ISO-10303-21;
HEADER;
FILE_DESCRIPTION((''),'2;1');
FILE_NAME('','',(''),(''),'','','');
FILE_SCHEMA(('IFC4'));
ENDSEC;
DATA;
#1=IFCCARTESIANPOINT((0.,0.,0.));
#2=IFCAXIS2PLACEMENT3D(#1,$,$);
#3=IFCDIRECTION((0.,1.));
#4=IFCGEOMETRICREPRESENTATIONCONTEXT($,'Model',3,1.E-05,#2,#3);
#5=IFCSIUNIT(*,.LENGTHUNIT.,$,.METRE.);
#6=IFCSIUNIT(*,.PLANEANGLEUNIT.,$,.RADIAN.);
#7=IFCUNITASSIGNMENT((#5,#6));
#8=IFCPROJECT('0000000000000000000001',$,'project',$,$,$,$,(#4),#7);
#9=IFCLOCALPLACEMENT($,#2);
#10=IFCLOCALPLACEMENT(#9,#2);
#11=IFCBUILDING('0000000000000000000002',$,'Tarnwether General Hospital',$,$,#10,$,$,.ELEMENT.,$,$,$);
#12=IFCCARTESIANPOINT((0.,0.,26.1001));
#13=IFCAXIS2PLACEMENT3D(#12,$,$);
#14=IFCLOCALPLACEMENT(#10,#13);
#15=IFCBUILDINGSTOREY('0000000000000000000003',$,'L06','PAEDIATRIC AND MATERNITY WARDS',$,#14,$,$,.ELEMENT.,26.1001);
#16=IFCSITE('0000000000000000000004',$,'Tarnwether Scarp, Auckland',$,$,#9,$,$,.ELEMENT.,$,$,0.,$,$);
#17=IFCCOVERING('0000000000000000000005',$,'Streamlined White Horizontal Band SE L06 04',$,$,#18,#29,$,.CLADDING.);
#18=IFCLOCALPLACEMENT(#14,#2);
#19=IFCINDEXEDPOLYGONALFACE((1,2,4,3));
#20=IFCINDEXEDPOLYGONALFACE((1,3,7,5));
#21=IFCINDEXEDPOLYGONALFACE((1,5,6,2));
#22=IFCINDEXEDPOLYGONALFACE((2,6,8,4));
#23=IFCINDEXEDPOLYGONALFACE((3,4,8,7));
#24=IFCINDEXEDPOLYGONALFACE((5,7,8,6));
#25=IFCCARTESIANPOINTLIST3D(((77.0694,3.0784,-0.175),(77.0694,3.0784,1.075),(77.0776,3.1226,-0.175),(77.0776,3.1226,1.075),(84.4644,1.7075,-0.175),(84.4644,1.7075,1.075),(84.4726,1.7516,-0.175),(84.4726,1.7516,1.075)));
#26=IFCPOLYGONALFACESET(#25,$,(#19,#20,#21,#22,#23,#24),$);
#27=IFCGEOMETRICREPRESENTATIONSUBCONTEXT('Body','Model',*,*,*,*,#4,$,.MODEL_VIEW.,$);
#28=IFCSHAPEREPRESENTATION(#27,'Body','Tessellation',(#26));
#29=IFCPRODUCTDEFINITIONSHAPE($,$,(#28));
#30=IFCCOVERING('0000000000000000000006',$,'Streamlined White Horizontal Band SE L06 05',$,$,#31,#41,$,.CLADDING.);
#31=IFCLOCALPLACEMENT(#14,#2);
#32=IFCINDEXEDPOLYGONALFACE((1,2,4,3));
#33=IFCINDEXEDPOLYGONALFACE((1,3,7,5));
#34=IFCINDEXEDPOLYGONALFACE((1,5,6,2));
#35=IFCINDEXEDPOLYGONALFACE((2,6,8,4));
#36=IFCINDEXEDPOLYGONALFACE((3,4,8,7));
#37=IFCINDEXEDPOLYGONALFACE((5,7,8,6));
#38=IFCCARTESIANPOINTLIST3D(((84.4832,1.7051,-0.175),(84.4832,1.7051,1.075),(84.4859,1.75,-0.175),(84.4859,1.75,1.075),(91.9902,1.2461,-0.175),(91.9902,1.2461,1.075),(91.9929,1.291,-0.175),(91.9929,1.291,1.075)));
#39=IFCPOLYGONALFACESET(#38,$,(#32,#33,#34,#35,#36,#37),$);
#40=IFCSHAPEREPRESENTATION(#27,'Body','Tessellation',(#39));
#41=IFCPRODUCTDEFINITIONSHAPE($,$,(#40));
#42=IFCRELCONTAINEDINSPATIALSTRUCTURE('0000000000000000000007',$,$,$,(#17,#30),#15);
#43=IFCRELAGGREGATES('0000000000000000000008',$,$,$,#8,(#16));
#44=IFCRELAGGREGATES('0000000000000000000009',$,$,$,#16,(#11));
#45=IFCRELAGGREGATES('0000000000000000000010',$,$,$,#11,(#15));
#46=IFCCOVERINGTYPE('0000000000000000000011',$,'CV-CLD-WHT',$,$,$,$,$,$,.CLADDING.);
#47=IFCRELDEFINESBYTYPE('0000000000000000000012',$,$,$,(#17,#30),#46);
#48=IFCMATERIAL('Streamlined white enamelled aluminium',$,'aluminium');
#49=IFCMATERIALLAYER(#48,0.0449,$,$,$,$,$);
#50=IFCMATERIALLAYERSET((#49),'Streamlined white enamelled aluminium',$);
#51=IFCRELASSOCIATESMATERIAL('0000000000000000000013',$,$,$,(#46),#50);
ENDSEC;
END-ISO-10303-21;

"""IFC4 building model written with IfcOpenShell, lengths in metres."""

from ifc_helpers import new_model, si_unit, direction, frame, origin, origin_2d, place, context, subcontext, project, spatial, rectangle, extrude, material, layer, layer_set, type_object, element, save


model = new_model("IFC4")

# Units and contexts
model_context = context("Model", 3, precision=1e-05, world=origin(), true_north=direction((0.0, 1.0)))
body_context = subcontext(model_context, "Body", "Model", "MODEL_VIEW")
ifc_project = project(units=[si_unit("LENGTHUNIT", "METRE"), si_unit("PLANEANGLEUNIT", "RADIAN")], contexts=[model_context])

# Site, building, storey
site_placement = place(None, origin())
site = spatial("IfcSite", under=ifc_project, at=site_placement, Name="Tarnwether Scarp, Auckland", CompositionType="ELEMENT", RefElevation=0.0)
building_placement = place(site_placement, origin())
building = spatial("IfcBuilding", under=site, at=building_placement, Name="Tarnwether General Hospital", CompositionType="ELEMENT")
storey_placement = place(building_placement, frame((0.0, 0.0, 26.1001)))
storey = spatial("IfcBuildingStorey", under=building, at=storey_placement, Name="L06", Description="PAEDIATRIC AND MATERNITY WARDS", CompositionType="ELEMENT", Elevation=26.1001)

# Coverings
ifc_material_1 = material(Name="Streamlined white enamelled aluminium", Category="aluminium")
ifc_layer_1 = layer(ifc_material_1, 0.0449)
ifc_layer_set_1 = layer_set([ifc_layer_1], Name="Streamlined white enamelled aluminium")
covering_type = type_object("IfcCoveringType", Name="CV-CLD-WHT", PredefinedType="CLADDING", material=ifc_layer_set_1)
for number, where, z_axis, x_axis, name in (
    (1, (80.771, 2.415, -0.175), (0.0, 0.0, 1.0), (-0.983245, 0.182287, 0.0), "Streamlined White Horizontal Band SE L06 04"),
    (2, (88.238, 1.498, -0.175), (0.0, 0.0, 1.0), (-0.998136, 0.061031, 0.0), "Streamlined White Horizontal Band SE L06 05"),
):
    element("IfcCovering", number, at=place(storey_placement, frame(where, z_axis=z_axis, x_axis=x_axis)), inside=storey, type_object=covering_type, Name=name, PredefinedType="CLADDING", context=body_context, shape_type="SweptSolid", body=[
        extrude(rectangle(XDim=7.521, YDim=0.0449, at=origin_2d()), origin(), (0.0, 0.0, 1.0), 1.25),
    ])

save(model, "model.ifc")
